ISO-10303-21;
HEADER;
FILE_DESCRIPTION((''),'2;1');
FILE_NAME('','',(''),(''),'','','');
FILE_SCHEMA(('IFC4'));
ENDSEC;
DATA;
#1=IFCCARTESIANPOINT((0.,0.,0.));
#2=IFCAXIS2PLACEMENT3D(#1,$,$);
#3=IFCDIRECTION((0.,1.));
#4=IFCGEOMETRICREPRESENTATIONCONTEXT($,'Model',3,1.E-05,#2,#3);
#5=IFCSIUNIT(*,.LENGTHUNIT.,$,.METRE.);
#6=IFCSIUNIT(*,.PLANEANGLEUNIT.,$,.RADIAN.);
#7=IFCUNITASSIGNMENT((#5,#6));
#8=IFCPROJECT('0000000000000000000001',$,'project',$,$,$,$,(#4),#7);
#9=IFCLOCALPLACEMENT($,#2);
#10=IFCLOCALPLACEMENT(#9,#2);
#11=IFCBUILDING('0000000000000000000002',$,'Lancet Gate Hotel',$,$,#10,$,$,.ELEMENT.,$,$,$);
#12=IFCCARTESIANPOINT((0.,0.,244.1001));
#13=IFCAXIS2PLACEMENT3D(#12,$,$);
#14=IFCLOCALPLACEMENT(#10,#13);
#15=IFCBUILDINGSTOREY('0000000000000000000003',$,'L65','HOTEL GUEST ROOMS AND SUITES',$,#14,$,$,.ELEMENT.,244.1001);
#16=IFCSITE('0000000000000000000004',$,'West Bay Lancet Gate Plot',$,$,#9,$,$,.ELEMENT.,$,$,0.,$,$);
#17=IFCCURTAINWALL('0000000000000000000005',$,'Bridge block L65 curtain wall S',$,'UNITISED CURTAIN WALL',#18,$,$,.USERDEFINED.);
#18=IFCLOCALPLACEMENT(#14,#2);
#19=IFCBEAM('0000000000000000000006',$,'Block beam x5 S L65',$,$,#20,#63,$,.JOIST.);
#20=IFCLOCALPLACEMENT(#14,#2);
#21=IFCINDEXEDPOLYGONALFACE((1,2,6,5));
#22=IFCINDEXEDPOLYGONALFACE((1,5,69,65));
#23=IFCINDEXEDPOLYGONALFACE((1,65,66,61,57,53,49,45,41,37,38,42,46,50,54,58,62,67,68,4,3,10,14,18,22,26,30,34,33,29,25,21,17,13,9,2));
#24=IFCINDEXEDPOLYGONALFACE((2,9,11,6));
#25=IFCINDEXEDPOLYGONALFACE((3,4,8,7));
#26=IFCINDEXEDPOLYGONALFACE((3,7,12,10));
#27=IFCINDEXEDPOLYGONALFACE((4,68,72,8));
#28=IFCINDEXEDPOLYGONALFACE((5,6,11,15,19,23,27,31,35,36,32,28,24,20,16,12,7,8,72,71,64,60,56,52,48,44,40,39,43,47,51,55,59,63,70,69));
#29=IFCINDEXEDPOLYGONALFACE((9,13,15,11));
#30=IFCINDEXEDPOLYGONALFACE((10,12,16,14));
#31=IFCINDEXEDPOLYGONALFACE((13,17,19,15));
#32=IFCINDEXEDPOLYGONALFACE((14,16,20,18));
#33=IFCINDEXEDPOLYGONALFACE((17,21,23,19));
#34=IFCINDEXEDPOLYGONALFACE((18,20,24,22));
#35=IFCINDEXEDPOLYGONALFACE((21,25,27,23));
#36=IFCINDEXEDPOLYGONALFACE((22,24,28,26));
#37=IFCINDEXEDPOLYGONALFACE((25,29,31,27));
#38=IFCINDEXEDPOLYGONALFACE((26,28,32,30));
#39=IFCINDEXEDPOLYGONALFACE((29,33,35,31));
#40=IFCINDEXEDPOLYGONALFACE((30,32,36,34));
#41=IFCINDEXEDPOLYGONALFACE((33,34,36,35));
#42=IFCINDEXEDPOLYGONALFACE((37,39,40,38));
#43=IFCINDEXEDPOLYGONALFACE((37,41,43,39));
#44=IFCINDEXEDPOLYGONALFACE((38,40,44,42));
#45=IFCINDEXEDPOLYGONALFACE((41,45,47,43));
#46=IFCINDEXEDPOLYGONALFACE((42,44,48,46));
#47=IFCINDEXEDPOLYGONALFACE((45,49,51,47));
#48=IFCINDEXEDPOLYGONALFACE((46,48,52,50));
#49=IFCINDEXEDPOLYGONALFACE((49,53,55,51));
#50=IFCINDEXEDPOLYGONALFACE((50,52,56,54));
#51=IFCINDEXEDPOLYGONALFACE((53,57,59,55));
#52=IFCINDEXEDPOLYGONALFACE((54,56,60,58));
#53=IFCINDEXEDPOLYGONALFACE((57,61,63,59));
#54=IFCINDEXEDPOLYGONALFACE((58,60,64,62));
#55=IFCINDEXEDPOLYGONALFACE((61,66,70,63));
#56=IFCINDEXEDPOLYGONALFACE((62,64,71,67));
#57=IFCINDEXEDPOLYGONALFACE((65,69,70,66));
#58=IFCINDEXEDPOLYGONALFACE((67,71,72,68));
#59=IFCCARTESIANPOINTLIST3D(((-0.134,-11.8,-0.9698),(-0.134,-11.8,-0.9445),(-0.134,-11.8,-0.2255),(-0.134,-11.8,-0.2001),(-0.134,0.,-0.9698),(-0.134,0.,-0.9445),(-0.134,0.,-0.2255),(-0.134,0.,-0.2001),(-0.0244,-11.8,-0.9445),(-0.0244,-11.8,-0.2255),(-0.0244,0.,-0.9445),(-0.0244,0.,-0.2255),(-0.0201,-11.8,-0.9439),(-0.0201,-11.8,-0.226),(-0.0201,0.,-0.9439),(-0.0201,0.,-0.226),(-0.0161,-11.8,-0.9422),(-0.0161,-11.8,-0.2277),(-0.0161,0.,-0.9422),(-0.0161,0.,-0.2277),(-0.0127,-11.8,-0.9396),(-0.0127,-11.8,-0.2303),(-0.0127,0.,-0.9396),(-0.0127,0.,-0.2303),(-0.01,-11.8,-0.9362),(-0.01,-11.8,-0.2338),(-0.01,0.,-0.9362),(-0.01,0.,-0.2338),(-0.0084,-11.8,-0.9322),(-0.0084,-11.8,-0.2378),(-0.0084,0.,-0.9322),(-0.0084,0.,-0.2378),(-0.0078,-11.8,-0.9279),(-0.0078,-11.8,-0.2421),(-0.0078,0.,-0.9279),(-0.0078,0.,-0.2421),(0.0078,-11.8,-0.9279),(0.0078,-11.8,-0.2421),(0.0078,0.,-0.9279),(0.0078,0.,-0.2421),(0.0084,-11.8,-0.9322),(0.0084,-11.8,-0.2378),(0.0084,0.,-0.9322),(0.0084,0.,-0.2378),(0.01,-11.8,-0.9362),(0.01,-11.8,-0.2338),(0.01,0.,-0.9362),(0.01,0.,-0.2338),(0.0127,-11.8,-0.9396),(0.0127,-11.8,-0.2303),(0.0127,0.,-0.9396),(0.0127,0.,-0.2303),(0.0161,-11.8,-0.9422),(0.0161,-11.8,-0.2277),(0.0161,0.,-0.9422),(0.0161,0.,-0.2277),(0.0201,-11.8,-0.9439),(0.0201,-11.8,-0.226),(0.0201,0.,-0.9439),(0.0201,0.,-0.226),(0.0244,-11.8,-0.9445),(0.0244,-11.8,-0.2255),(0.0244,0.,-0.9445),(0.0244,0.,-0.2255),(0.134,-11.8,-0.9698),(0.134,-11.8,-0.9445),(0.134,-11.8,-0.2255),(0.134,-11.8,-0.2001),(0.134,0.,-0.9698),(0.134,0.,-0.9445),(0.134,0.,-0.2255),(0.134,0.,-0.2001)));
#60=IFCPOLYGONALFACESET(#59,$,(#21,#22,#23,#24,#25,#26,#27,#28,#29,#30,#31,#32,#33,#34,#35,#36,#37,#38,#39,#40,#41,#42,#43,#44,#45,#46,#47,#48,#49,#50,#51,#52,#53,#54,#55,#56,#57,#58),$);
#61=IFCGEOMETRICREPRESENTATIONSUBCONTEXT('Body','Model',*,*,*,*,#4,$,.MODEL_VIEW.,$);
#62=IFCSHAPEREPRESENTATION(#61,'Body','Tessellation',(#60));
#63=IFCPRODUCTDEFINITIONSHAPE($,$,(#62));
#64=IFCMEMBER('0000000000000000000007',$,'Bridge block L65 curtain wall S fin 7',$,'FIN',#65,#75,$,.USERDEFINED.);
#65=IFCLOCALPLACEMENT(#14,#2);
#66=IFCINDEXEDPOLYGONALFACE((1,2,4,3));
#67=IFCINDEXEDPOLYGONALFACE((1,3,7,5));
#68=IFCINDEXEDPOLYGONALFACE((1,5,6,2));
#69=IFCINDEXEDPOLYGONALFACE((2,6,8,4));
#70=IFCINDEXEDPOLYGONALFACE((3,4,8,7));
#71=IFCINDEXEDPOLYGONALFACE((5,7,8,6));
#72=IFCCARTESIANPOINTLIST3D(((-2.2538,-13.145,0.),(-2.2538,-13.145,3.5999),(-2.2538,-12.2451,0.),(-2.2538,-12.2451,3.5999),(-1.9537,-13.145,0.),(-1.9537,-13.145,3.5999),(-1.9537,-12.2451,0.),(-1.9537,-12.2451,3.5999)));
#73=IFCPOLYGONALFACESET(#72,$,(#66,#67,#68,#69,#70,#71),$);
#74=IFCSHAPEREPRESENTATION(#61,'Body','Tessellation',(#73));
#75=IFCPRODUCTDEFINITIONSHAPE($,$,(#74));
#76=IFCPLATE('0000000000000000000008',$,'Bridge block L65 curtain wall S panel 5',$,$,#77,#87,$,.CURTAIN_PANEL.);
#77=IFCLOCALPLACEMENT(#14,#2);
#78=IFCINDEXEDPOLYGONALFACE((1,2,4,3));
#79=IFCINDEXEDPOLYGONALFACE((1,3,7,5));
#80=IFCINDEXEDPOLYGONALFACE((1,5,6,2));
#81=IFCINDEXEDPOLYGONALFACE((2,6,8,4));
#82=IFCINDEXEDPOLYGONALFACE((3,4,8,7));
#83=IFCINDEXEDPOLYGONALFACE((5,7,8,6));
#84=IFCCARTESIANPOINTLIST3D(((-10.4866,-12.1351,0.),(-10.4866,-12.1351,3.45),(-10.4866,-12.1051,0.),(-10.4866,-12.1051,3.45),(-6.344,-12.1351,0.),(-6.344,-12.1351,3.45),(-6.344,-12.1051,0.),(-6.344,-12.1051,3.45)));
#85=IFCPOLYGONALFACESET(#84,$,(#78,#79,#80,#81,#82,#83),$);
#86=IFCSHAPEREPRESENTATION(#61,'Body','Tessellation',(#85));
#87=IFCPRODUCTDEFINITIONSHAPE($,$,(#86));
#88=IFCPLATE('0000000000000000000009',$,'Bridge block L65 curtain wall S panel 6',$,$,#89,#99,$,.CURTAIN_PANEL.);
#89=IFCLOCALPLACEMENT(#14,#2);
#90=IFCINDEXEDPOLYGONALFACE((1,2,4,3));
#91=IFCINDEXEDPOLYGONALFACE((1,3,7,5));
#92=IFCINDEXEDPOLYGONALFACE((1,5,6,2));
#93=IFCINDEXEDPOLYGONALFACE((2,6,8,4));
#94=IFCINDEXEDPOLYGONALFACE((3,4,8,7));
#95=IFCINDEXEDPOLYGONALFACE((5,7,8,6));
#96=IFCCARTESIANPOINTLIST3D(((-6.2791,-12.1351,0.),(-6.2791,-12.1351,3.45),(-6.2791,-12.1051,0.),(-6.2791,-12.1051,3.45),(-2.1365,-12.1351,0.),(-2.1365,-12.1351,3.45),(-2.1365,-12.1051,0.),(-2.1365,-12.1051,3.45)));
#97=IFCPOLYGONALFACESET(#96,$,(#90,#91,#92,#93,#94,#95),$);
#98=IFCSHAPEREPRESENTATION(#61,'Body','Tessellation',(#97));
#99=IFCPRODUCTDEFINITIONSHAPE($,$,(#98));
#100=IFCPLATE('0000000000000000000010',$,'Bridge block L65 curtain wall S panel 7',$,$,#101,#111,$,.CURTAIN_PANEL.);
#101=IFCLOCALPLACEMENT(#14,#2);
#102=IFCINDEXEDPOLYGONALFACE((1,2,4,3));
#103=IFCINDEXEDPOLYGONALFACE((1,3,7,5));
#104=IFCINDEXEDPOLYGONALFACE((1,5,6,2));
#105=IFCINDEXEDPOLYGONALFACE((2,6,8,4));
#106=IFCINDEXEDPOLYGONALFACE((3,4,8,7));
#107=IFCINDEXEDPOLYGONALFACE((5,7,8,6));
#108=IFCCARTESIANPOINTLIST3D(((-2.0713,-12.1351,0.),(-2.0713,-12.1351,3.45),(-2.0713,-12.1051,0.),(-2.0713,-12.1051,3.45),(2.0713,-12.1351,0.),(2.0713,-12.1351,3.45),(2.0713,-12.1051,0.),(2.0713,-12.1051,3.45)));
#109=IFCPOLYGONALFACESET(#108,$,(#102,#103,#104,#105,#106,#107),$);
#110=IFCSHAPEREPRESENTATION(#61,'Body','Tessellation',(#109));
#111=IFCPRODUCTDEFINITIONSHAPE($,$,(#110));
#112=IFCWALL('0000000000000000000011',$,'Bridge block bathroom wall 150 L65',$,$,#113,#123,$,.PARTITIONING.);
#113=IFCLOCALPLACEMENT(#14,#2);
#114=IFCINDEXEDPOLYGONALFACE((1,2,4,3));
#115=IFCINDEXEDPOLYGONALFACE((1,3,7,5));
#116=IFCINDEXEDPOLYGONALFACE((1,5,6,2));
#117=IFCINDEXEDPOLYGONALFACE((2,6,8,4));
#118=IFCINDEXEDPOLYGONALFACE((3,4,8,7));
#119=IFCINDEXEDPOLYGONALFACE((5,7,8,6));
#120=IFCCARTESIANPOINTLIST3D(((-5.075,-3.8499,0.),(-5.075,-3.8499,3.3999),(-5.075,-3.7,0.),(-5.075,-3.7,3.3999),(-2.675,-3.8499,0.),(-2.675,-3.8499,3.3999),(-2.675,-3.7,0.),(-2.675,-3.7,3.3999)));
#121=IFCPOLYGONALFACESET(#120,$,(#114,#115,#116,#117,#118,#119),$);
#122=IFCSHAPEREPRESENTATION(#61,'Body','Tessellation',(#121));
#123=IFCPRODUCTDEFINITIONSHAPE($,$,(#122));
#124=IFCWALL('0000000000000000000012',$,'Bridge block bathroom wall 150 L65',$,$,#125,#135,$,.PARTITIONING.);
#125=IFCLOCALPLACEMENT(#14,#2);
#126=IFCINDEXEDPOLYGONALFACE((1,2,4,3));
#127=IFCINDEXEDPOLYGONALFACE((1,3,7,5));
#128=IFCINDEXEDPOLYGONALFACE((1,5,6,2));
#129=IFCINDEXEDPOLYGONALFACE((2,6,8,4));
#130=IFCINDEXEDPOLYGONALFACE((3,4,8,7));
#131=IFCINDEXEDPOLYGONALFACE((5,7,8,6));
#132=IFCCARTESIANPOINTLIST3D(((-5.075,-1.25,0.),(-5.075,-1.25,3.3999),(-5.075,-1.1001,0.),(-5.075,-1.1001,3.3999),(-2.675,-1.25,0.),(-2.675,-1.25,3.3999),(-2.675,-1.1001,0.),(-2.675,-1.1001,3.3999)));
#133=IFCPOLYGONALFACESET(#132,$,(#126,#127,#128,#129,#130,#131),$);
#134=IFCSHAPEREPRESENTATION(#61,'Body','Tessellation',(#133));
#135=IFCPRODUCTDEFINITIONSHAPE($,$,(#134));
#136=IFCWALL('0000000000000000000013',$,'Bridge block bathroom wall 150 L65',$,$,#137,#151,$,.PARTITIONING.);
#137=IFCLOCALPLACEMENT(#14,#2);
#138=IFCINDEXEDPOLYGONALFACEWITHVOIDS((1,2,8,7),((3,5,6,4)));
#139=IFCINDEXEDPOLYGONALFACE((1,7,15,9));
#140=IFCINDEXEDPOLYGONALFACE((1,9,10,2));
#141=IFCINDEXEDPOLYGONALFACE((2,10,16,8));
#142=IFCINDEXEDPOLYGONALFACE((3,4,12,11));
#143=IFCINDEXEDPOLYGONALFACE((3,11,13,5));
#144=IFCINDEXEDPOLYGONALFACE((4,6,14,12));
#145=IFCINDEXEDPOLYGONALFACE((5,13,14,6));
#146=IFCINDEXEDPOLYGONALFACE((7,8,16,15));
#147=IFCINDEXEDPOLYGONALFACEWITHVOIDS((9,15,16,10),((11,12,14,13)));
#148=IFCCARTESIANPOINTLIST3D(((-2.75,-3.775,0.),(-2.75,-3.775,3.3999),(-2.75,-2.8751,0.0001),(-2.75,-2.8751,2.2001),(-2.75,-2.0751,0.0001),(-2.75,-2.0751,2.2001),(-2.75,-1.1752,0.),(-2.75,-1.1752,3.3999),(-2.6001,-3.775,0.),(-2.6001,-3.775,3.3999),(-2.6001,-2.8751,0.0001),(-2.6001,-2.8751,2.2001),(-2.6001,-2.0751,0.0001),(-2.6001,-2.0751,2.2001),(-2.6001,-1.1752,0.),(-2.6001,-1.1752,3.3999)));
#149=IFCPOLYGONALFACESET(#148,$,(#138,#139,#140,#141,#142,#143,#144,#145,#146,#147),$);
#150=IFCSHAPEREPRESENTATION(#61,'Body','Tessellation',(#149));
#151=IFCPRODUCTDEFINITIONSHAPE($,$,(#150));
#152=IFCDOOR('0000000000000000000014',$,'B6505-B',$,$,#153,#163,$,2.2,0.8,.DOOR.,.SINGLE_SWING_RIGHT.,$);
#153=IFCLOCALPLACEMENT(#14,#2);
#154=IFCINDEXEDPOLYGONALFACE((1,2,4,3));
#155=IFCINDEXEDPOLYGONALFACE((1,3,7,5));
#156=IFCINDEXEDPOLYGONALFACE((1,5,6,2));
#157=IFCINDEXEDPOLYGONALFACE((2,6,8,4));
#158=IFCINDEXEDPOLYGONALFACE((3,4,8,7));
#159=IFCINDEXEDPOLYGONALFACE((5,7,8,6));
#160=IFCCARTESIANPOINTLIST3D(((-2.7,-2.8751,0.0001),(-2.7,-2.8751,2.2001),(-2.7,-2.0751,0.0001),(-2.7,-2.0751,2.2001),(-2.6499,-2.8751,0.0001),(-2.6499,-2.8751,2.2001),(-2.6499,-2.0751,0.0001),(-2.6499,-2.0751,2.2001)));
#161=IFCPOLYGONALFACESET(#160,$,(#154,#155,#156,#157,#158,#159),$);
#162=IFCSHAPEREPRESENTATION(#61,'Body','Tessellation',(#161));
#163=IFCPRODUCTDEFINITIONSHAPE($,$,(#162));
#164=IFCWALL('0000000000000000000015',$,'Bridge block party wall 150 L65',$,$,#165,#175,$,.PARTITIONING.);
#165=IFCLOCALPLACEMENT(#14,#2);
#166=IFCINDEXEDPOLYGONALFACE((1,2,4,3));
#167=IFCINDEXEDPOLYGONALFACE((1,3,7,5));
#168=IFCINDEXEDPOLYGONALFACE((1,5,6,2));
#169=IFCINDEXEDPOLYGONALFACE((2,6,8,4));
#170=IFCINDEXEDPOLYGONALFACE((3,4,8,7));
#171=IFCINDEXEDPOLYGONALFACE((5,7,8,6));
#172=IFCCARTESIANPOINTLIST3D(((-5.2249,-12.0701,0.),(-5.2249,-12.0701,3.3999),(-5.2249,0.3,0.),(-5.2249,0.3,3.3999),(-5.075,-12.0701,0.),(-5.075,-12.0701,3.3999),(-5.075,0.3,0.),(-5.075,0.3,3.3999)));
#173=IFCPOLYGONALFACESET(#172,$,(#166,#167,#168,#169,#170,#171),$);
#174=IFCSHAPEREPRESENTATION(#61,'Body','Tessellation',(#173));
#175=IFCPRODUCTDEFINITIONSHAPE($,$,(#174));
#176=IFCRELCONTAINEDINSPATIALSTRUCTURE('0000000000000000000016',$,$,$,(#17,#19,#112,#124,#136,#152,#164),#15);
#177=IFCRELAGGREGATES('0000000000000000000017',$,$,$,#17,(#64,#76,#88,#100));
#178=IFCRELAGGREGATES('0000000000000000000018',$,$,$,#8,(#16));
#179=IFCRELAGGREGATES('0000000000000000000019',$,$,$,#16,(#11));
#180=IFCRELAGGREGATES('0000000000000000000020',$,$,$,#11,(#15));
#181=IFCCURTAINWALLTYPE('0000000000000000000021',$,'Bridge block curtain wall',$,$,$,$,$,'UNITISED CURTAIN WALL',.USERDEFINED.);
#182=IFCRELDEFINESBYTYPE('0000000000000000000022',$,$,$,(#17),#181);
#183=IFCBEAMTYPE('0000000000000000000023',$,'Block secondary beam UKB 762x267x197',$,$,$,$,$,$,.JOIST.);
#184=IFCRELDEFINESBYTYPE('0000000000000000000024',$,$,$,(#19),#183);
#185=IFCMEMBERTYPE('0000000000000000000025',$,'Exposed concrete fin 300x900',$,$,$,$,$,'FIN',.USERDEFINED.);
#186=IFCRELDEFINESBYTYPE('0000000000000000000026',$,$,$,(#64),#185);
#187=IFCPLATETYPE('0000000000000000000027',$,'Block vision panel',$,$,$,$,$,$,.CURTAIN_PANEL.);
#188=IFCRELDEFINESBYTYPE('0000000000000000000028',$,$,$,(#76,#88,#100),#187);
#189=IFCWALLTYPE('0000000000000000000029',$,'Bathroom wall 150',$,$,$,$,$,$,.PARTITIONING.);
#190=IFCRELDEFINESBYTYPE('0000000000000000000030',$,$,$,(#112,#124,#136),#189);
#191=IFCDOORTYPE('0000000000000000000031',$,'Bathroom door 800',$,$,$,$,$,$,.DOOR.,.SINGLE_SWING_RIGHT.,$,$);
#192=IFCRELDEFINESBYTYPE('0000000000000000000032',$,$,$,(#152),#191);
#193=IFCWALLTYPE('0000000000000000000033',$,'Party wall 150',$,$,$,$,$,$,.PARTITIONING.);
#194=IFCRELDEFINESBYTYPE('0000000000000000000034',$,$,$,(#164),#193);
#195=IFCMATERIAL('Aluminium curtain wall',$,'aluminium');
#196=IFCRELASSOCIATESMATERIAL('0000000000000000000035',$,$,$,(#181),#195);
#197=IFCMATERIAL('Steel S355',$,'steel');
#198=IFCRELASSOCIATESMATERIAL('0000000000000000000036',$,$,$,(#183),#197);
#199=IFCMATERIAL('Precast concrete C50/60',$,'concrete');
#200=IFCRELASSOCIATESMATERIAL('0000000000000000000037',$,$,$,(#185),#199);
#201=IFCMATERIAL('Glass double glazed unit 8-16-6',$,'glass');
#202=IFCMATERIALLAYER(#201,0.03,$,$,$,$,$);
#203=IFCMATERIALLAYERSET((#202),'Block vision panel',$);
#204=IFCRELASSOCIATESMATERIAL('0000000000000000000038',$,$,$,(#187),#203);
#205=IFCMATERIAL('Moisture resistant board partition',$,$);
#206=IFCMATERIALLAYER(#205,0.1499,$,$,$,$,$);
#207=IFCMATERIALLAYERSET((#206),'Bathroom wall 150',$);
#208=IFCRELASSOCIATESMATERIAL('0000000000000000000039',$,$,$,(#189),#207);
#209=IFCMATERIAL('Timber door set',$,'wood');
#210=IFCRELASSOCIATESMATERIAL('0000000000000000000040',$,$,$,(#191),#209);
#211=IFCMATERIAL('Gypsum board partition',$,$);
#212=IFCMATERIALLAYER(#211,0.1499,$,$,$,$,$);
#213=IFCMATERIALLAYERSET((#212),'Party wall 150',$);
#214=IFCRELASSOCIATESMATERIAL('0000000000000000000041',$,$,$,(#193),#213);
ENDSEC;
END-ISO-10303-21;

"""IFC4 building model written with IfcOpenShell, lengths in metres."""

from ifc_helpers import new_model, si_unit, direction, frame, frame_2d, origin, origin_2d, place, context, subcontext, project, spatial, rectangle, i_section, extrude, material, layer, layer_set, material_profile, profile_set, type_object, element, fill, aggregate, save


model = new_model("IFC4")

# Units and contexts
model_context = context("Model", 3, precision=1e-05, world=origin(), true_north=direction((0.0, 1.0)))
body_context = subcontext(model_context, "Body", "Model", "MODEL_VIEW")
ifc_project = project(units=[si_unit("LENGTHUNIT", "METRE"), si_unit("PLANEANGLEUNIT", "RADIAN")], contexts=[model_context])

# Site, building, storey
site_placement = place(None, origin())
site = spatial("IfcSite", under=ifc_project, at=site_placement, Name="West Bay Lancet Gate Plot", CompositionType="ELEMENT", RefElevation=0.0)
building_placement = place(site_placement, origin())
building = spatial("IfcBuilding", under=site, at=building_placement, Name="Lancet Gate Hotel", CompositionType="ELEMENT")
storey_placement = place(building_placement, frame((0.0, 0.0, 244.1001)))
storey = spatial("IfcBuildingStorey", under=building, at=storey_placement, Name="L65", Description="HOTEL GUEST ROOMS AND SUITES", CompositionType="ELEMENT", Elevation=244.1001)

# Curtain wall
ifc_material_1 = material(Name="Aluminium curtain wall", Category="aluminium")
curtain_wall_type = type_object("IfcCurtainWallType", Name="Bridge block curtain wall", ElementType="UNITISED CURTAIN WALL", PredefinedType="USERDEFINED", material=ifc_material_1)
curtain_wall_placement = place(storey_placement, origin())
curtain_wall = element("IfcCurtainWall", 1, at=curtain_wall_placement, inside=storey, type_object=curtain_wall_type, Name="Bridge block L65 curtain wall S", ObjectType="UNITISED CURTAIN WALL", PredefinedType="USERDEFINED")

# Beam
ifc_material_2 = material(Name="Steel S355", Category="steel")
ifc_material_profile_1 = material_profile(ifc_material_2, i_section(OverallWidth=0.2681, OverallDepth=0.7698, WebThickness=0.0156, FlangeThickness=0.0254, FilletRadius=0.0166, at=origin_2d()), Name="UKB 762x267x197")
ifc_profile_set_1 = profile_set([ifc_material_profile_1], Name="Steel S355")
beam_type_1 = type_object("IfcBeamType", Name="Block secondary beam UKB 762x267x197", PredefinedType="JOIST", material=ifc_profile_set_1)
for number, where, z_axis, x_axis, name in (
    (2, (0.0, -11.8, -0.585), (0.0, 1.0, 0.0), (-1.0, 0.0, 0.0), "Block beam x5 S L65"),
):
    element("IfcBeam", number, at=place(storey_placement, frame(where, z_axis=z_axis, x_axis=x_axis)), inside=storey, type_object=beam_type_1, Name=name, PredefinedType="JOIST", context=body_context, shape_type="SweptSolid", body=[
        extrude(i_section(OverallWidth=0.2681, OverallDepth=0.7698, WebThickness=0.0156, FlangeThickness=0.0254, FilletRadius=0.0166, at=origin_2d()), origin(), (0.0, 0.0, 1.0), 11.8),
    ])

# Member
ifc_material_3 = material(Name="Precast concrete C50/60", Category="concrete")
ifc_material_profile_2 = material_profile(ifc_material_3, rectangle(XDim=0.3, YDim=0.8999, at=origin_2d()), Name="FIN 300x900")
ifc_profile_set_2 = profile_set([ifc_material_profile_2], Name="Precast concrete C50/60")
member_type_1 = type_object("IfcMemberType", Name="Exposed concrete fin 300x900", ElementType="FIN", PredefinedType="USERDEFINED", material=ifc_profile_set_2)
member_1_placement = place(storey_placement, frame((-2.1038, -12.6951, 0.0), z_axis=(0.0, 0.0, 1.0), x_axis=(1.0, 0.0, 0.0)))
member_1 = element("IfcMember", 3, at=member_1_placement, type_object=member_type_1, Name="Bridge block L65 curtain wall S fin 7", ObjectType="FIN", PredefinedType="USERDEFINED", context=body_context, shape_type="SweptSolid", body=[
    extrude(rectangle(XDim=0.3, YDim=0.8999, at=origin_2d()), origin(), (0.0, 0.0, 1.0), 3.5999),
])

# Plates
ifc_material_4 = material(Name="Glass double glazed unit 8-16-6", Category="glass")
ifc_layer_1 = layer(ifc_material_4, 0.03)
ifc_layer_set_1 = layer_set([ifc_layer_1], Name="Block vision panel")
plate_type = type_object("IfcPlateType", Name="Block vision panel", PredefinedType="CURTAIN_PANEL", material=ifc_layer_set_1)
plate_1_placement = place(storey_placement, frame((-8.4153, -12.1201, 0.0), z_axis=(0.0, 0.0, 1.0), x_axis=(1.0, 0.0, 0.0)))
plate_1 = element("IfcPlate", 4, at=plate_1_placement, type_object=plate_type, Name="Bridge block L65 curtain wall S panel 5", PredefinedType="CURTAIN_PANEL", context=body_context, shape_type="SweptSolid", body=[
    extrude(rectangle(XDim=4.1426, YDim=0.03, at=origin_2d()), origin(), (0.0, 0.0, 1.0), 3.45),
])
plate_2_placement = place(storey_placement, frame((-4.2078, -12.1201, 0.0), z_axis=(0.0, 0.0, 1.0), x_axis=(1.0, 0.0, 0.0)))
plate_2 = element("IfcPlate", 5, at=plate_2_placement, type_object=plate_type, Name="Bridge block L65 curtain wall S panel 6", PredefinedType="CURTAIN_PANEL", context=body_context, shape_type="SweptSolid", body=[
    extrude(rectangle(XDim=4.1426, YDim=0.03, at=origin_2d()), origin(), (0.0, 0.0, 1.0), 3.45),
])
plate_3_placement = place(storey_placement, frame((0.0, -12.1201, 0.0), z_axis=(0.0, 0.0, 1.0), x_axis=(1.0, 0.0, 0.0)))
plate_3 = element("IfcPlate", 6, at=plate_3_placement, type_object=plate_type, Name="Bridge block L65 curtain wall S panel 7", PredefinedType="CURTAIN_PANEL", context=body_context, shape_type="SweptSolid", body=[
    extrude(rectangle(XDim=4.1426, YDim=0.03, at=origin_2d()), origin(), (0.0, 0.0, 1.0), 3.45),
])
aggregate(curtain_wall, [member_1, plate_1, plate_2, plate_3])

# Walls
ifc_material_5 = material(Name="Moisture resistant board partition")
ifc_layer_2 = layer(ifc_material_5, 0.1499)
ifc_layer_set_2 = layer_set([ifc_layer_2], Name="Bathroom wall 150")
wall_type_1 = type_object("IfcWallType", Name="Bathroom wall 150", PredefinedType="PARTITIONING", material=ifc_layer_set_2)
for number, where, z_axis, x_axis, name in (
    (7, (-5.075, -3.7749, 0.0), (0.0, 0.0, 1.0), (1.0, 0.0, 0.0), "Bridge block bathroom wall 150 L65"),
    (8, (-5.075, -1.175, 0.0), (0.0, 0.0, 1.0), (1.0, 0.0, 0.0), "Bridge block bathroom wall 150 L65"),
):
    element("IfcWall", number, at=place(storey_placement, frame(where, z_axis=z_axis, x_axis=x_axis)), inside=storey, type_object=wall_type_1, Name=name, PredefinedType="PARTITIONING", context=body_context, shape_type="SweptSolid", body=[
        extrude(rectangle(XDim=2.3999, YDim=0.1499, at=frame_2d((1.2, 0.0))), origin(), (0.0, 0.0, 1.0), 3.3999),
    ])

# Wall, opening, door
wall_1_placement = place(storey_placement, frame((-2.675, -3.7749, 0.0), z_axis=(0.0, 0.0, 1.0), x_axis=(0.0, 1.0, 0.0)))
wall_1 = element("IfcWall", 9, at=wall_1_placement, inside=storey, type_object=wall_type_1, Name="Bridge block bathroom wall 150 L65", PredefinedType="PARTITIONING", context=body_context, shape_type="SweptSolid", body=[
    extrude(rectangle(XDim=2.5999, YDim=0.1499, at=frame_2d((1.2998, 0.0))), origin(), (0.0, 0.0, 1.0), 3.3999),
])
opening_placement = place(wall_1_placement, frame((0.8999, 0.0, 0.0)))
opening = element("IfcOpeningElement", 10, at=opening_placement, cuts=wall_1, PredefinedType="OPENING", context=body_context, shape_type="SweptSolid", body=[
    extrude(rectangle(XDim=0.8, YDim=2.2, at=frame_2d((0.3999, 1.1001))), frame((0.0, 0.085, 0.0), z_axis=(0.0, -1.0, 0.0), x_axis=(1.0, 0.0, 0.0)), (0.0, 0.0, 1.0), 0.1699),
])
ifc_material_6 = material(Name="Timber door set", Category="wood")
door_type = type_object("IfcDoorType", Name="Bathroom door 800", OperationType="SINGLE_SWING_RIGHT", PredefinedType="DOOR", material=ifc_material_6)
door_placement = place(opening_placement, origin())
door = element("IfcDoor", 11, at=door_placement, inside=storey, type_object=door_type, Name="B6505-B", OperationType="SINGLE_SWING_RIGHT", OverallHeight=2.2, OverallWidth=0.8, PredefinedType="DOOR", context=body_context, shape_type="SweptSolid", body=[
    extrude(rectangle(XDim=0.8, YDim=2.2, at=frame_2d((0.3999, 1.1001))), frame((0.0, 0.0249, 0.0), z_axis=(0.0, -1.0, 0.0), x_axis=(1.0, 0.0, 0.0)), (0.0, 0.0, 1.0), 0.05),
])
fill(opening, door)

# Wall
ifc_material_7 = material(Name="Gypsum board partition")
ifc_layer_3 = layer(ifc_material_7, 0.1499)
ifc_layer_set_3 = layer_set([ifc_layer_3], Name="Party wall 150")
wall_type_2 = type_object("IfcWallType", Name="Party wall 150", PredefinedType="PARTITIONING", material=ifc_layer_set_3)
wall_2_placement = place(storey_placement, frame((-5.1499, -12.0701, 0.0), z_axis=(0.0, 0.0, 1.0), x_axis=(0.0, 1.0, 0.0)))
element("IfcWall", 12, at=wall_2_placement, inside=storey, type_object=wall_type_2, Name="Bridge block party wall 150 L65", PredefinedType="PARTITIONING", context=body_context, shape_type="SweptSolid", body=[
    extrude(rectangle(XDim=12.3701, YDim=0.1499, at=frame_2d((6.1851, 0.0))), origin(), (0.0, 0.0, 1.0), 3.3999),
])

save(model, "model.ifc")
